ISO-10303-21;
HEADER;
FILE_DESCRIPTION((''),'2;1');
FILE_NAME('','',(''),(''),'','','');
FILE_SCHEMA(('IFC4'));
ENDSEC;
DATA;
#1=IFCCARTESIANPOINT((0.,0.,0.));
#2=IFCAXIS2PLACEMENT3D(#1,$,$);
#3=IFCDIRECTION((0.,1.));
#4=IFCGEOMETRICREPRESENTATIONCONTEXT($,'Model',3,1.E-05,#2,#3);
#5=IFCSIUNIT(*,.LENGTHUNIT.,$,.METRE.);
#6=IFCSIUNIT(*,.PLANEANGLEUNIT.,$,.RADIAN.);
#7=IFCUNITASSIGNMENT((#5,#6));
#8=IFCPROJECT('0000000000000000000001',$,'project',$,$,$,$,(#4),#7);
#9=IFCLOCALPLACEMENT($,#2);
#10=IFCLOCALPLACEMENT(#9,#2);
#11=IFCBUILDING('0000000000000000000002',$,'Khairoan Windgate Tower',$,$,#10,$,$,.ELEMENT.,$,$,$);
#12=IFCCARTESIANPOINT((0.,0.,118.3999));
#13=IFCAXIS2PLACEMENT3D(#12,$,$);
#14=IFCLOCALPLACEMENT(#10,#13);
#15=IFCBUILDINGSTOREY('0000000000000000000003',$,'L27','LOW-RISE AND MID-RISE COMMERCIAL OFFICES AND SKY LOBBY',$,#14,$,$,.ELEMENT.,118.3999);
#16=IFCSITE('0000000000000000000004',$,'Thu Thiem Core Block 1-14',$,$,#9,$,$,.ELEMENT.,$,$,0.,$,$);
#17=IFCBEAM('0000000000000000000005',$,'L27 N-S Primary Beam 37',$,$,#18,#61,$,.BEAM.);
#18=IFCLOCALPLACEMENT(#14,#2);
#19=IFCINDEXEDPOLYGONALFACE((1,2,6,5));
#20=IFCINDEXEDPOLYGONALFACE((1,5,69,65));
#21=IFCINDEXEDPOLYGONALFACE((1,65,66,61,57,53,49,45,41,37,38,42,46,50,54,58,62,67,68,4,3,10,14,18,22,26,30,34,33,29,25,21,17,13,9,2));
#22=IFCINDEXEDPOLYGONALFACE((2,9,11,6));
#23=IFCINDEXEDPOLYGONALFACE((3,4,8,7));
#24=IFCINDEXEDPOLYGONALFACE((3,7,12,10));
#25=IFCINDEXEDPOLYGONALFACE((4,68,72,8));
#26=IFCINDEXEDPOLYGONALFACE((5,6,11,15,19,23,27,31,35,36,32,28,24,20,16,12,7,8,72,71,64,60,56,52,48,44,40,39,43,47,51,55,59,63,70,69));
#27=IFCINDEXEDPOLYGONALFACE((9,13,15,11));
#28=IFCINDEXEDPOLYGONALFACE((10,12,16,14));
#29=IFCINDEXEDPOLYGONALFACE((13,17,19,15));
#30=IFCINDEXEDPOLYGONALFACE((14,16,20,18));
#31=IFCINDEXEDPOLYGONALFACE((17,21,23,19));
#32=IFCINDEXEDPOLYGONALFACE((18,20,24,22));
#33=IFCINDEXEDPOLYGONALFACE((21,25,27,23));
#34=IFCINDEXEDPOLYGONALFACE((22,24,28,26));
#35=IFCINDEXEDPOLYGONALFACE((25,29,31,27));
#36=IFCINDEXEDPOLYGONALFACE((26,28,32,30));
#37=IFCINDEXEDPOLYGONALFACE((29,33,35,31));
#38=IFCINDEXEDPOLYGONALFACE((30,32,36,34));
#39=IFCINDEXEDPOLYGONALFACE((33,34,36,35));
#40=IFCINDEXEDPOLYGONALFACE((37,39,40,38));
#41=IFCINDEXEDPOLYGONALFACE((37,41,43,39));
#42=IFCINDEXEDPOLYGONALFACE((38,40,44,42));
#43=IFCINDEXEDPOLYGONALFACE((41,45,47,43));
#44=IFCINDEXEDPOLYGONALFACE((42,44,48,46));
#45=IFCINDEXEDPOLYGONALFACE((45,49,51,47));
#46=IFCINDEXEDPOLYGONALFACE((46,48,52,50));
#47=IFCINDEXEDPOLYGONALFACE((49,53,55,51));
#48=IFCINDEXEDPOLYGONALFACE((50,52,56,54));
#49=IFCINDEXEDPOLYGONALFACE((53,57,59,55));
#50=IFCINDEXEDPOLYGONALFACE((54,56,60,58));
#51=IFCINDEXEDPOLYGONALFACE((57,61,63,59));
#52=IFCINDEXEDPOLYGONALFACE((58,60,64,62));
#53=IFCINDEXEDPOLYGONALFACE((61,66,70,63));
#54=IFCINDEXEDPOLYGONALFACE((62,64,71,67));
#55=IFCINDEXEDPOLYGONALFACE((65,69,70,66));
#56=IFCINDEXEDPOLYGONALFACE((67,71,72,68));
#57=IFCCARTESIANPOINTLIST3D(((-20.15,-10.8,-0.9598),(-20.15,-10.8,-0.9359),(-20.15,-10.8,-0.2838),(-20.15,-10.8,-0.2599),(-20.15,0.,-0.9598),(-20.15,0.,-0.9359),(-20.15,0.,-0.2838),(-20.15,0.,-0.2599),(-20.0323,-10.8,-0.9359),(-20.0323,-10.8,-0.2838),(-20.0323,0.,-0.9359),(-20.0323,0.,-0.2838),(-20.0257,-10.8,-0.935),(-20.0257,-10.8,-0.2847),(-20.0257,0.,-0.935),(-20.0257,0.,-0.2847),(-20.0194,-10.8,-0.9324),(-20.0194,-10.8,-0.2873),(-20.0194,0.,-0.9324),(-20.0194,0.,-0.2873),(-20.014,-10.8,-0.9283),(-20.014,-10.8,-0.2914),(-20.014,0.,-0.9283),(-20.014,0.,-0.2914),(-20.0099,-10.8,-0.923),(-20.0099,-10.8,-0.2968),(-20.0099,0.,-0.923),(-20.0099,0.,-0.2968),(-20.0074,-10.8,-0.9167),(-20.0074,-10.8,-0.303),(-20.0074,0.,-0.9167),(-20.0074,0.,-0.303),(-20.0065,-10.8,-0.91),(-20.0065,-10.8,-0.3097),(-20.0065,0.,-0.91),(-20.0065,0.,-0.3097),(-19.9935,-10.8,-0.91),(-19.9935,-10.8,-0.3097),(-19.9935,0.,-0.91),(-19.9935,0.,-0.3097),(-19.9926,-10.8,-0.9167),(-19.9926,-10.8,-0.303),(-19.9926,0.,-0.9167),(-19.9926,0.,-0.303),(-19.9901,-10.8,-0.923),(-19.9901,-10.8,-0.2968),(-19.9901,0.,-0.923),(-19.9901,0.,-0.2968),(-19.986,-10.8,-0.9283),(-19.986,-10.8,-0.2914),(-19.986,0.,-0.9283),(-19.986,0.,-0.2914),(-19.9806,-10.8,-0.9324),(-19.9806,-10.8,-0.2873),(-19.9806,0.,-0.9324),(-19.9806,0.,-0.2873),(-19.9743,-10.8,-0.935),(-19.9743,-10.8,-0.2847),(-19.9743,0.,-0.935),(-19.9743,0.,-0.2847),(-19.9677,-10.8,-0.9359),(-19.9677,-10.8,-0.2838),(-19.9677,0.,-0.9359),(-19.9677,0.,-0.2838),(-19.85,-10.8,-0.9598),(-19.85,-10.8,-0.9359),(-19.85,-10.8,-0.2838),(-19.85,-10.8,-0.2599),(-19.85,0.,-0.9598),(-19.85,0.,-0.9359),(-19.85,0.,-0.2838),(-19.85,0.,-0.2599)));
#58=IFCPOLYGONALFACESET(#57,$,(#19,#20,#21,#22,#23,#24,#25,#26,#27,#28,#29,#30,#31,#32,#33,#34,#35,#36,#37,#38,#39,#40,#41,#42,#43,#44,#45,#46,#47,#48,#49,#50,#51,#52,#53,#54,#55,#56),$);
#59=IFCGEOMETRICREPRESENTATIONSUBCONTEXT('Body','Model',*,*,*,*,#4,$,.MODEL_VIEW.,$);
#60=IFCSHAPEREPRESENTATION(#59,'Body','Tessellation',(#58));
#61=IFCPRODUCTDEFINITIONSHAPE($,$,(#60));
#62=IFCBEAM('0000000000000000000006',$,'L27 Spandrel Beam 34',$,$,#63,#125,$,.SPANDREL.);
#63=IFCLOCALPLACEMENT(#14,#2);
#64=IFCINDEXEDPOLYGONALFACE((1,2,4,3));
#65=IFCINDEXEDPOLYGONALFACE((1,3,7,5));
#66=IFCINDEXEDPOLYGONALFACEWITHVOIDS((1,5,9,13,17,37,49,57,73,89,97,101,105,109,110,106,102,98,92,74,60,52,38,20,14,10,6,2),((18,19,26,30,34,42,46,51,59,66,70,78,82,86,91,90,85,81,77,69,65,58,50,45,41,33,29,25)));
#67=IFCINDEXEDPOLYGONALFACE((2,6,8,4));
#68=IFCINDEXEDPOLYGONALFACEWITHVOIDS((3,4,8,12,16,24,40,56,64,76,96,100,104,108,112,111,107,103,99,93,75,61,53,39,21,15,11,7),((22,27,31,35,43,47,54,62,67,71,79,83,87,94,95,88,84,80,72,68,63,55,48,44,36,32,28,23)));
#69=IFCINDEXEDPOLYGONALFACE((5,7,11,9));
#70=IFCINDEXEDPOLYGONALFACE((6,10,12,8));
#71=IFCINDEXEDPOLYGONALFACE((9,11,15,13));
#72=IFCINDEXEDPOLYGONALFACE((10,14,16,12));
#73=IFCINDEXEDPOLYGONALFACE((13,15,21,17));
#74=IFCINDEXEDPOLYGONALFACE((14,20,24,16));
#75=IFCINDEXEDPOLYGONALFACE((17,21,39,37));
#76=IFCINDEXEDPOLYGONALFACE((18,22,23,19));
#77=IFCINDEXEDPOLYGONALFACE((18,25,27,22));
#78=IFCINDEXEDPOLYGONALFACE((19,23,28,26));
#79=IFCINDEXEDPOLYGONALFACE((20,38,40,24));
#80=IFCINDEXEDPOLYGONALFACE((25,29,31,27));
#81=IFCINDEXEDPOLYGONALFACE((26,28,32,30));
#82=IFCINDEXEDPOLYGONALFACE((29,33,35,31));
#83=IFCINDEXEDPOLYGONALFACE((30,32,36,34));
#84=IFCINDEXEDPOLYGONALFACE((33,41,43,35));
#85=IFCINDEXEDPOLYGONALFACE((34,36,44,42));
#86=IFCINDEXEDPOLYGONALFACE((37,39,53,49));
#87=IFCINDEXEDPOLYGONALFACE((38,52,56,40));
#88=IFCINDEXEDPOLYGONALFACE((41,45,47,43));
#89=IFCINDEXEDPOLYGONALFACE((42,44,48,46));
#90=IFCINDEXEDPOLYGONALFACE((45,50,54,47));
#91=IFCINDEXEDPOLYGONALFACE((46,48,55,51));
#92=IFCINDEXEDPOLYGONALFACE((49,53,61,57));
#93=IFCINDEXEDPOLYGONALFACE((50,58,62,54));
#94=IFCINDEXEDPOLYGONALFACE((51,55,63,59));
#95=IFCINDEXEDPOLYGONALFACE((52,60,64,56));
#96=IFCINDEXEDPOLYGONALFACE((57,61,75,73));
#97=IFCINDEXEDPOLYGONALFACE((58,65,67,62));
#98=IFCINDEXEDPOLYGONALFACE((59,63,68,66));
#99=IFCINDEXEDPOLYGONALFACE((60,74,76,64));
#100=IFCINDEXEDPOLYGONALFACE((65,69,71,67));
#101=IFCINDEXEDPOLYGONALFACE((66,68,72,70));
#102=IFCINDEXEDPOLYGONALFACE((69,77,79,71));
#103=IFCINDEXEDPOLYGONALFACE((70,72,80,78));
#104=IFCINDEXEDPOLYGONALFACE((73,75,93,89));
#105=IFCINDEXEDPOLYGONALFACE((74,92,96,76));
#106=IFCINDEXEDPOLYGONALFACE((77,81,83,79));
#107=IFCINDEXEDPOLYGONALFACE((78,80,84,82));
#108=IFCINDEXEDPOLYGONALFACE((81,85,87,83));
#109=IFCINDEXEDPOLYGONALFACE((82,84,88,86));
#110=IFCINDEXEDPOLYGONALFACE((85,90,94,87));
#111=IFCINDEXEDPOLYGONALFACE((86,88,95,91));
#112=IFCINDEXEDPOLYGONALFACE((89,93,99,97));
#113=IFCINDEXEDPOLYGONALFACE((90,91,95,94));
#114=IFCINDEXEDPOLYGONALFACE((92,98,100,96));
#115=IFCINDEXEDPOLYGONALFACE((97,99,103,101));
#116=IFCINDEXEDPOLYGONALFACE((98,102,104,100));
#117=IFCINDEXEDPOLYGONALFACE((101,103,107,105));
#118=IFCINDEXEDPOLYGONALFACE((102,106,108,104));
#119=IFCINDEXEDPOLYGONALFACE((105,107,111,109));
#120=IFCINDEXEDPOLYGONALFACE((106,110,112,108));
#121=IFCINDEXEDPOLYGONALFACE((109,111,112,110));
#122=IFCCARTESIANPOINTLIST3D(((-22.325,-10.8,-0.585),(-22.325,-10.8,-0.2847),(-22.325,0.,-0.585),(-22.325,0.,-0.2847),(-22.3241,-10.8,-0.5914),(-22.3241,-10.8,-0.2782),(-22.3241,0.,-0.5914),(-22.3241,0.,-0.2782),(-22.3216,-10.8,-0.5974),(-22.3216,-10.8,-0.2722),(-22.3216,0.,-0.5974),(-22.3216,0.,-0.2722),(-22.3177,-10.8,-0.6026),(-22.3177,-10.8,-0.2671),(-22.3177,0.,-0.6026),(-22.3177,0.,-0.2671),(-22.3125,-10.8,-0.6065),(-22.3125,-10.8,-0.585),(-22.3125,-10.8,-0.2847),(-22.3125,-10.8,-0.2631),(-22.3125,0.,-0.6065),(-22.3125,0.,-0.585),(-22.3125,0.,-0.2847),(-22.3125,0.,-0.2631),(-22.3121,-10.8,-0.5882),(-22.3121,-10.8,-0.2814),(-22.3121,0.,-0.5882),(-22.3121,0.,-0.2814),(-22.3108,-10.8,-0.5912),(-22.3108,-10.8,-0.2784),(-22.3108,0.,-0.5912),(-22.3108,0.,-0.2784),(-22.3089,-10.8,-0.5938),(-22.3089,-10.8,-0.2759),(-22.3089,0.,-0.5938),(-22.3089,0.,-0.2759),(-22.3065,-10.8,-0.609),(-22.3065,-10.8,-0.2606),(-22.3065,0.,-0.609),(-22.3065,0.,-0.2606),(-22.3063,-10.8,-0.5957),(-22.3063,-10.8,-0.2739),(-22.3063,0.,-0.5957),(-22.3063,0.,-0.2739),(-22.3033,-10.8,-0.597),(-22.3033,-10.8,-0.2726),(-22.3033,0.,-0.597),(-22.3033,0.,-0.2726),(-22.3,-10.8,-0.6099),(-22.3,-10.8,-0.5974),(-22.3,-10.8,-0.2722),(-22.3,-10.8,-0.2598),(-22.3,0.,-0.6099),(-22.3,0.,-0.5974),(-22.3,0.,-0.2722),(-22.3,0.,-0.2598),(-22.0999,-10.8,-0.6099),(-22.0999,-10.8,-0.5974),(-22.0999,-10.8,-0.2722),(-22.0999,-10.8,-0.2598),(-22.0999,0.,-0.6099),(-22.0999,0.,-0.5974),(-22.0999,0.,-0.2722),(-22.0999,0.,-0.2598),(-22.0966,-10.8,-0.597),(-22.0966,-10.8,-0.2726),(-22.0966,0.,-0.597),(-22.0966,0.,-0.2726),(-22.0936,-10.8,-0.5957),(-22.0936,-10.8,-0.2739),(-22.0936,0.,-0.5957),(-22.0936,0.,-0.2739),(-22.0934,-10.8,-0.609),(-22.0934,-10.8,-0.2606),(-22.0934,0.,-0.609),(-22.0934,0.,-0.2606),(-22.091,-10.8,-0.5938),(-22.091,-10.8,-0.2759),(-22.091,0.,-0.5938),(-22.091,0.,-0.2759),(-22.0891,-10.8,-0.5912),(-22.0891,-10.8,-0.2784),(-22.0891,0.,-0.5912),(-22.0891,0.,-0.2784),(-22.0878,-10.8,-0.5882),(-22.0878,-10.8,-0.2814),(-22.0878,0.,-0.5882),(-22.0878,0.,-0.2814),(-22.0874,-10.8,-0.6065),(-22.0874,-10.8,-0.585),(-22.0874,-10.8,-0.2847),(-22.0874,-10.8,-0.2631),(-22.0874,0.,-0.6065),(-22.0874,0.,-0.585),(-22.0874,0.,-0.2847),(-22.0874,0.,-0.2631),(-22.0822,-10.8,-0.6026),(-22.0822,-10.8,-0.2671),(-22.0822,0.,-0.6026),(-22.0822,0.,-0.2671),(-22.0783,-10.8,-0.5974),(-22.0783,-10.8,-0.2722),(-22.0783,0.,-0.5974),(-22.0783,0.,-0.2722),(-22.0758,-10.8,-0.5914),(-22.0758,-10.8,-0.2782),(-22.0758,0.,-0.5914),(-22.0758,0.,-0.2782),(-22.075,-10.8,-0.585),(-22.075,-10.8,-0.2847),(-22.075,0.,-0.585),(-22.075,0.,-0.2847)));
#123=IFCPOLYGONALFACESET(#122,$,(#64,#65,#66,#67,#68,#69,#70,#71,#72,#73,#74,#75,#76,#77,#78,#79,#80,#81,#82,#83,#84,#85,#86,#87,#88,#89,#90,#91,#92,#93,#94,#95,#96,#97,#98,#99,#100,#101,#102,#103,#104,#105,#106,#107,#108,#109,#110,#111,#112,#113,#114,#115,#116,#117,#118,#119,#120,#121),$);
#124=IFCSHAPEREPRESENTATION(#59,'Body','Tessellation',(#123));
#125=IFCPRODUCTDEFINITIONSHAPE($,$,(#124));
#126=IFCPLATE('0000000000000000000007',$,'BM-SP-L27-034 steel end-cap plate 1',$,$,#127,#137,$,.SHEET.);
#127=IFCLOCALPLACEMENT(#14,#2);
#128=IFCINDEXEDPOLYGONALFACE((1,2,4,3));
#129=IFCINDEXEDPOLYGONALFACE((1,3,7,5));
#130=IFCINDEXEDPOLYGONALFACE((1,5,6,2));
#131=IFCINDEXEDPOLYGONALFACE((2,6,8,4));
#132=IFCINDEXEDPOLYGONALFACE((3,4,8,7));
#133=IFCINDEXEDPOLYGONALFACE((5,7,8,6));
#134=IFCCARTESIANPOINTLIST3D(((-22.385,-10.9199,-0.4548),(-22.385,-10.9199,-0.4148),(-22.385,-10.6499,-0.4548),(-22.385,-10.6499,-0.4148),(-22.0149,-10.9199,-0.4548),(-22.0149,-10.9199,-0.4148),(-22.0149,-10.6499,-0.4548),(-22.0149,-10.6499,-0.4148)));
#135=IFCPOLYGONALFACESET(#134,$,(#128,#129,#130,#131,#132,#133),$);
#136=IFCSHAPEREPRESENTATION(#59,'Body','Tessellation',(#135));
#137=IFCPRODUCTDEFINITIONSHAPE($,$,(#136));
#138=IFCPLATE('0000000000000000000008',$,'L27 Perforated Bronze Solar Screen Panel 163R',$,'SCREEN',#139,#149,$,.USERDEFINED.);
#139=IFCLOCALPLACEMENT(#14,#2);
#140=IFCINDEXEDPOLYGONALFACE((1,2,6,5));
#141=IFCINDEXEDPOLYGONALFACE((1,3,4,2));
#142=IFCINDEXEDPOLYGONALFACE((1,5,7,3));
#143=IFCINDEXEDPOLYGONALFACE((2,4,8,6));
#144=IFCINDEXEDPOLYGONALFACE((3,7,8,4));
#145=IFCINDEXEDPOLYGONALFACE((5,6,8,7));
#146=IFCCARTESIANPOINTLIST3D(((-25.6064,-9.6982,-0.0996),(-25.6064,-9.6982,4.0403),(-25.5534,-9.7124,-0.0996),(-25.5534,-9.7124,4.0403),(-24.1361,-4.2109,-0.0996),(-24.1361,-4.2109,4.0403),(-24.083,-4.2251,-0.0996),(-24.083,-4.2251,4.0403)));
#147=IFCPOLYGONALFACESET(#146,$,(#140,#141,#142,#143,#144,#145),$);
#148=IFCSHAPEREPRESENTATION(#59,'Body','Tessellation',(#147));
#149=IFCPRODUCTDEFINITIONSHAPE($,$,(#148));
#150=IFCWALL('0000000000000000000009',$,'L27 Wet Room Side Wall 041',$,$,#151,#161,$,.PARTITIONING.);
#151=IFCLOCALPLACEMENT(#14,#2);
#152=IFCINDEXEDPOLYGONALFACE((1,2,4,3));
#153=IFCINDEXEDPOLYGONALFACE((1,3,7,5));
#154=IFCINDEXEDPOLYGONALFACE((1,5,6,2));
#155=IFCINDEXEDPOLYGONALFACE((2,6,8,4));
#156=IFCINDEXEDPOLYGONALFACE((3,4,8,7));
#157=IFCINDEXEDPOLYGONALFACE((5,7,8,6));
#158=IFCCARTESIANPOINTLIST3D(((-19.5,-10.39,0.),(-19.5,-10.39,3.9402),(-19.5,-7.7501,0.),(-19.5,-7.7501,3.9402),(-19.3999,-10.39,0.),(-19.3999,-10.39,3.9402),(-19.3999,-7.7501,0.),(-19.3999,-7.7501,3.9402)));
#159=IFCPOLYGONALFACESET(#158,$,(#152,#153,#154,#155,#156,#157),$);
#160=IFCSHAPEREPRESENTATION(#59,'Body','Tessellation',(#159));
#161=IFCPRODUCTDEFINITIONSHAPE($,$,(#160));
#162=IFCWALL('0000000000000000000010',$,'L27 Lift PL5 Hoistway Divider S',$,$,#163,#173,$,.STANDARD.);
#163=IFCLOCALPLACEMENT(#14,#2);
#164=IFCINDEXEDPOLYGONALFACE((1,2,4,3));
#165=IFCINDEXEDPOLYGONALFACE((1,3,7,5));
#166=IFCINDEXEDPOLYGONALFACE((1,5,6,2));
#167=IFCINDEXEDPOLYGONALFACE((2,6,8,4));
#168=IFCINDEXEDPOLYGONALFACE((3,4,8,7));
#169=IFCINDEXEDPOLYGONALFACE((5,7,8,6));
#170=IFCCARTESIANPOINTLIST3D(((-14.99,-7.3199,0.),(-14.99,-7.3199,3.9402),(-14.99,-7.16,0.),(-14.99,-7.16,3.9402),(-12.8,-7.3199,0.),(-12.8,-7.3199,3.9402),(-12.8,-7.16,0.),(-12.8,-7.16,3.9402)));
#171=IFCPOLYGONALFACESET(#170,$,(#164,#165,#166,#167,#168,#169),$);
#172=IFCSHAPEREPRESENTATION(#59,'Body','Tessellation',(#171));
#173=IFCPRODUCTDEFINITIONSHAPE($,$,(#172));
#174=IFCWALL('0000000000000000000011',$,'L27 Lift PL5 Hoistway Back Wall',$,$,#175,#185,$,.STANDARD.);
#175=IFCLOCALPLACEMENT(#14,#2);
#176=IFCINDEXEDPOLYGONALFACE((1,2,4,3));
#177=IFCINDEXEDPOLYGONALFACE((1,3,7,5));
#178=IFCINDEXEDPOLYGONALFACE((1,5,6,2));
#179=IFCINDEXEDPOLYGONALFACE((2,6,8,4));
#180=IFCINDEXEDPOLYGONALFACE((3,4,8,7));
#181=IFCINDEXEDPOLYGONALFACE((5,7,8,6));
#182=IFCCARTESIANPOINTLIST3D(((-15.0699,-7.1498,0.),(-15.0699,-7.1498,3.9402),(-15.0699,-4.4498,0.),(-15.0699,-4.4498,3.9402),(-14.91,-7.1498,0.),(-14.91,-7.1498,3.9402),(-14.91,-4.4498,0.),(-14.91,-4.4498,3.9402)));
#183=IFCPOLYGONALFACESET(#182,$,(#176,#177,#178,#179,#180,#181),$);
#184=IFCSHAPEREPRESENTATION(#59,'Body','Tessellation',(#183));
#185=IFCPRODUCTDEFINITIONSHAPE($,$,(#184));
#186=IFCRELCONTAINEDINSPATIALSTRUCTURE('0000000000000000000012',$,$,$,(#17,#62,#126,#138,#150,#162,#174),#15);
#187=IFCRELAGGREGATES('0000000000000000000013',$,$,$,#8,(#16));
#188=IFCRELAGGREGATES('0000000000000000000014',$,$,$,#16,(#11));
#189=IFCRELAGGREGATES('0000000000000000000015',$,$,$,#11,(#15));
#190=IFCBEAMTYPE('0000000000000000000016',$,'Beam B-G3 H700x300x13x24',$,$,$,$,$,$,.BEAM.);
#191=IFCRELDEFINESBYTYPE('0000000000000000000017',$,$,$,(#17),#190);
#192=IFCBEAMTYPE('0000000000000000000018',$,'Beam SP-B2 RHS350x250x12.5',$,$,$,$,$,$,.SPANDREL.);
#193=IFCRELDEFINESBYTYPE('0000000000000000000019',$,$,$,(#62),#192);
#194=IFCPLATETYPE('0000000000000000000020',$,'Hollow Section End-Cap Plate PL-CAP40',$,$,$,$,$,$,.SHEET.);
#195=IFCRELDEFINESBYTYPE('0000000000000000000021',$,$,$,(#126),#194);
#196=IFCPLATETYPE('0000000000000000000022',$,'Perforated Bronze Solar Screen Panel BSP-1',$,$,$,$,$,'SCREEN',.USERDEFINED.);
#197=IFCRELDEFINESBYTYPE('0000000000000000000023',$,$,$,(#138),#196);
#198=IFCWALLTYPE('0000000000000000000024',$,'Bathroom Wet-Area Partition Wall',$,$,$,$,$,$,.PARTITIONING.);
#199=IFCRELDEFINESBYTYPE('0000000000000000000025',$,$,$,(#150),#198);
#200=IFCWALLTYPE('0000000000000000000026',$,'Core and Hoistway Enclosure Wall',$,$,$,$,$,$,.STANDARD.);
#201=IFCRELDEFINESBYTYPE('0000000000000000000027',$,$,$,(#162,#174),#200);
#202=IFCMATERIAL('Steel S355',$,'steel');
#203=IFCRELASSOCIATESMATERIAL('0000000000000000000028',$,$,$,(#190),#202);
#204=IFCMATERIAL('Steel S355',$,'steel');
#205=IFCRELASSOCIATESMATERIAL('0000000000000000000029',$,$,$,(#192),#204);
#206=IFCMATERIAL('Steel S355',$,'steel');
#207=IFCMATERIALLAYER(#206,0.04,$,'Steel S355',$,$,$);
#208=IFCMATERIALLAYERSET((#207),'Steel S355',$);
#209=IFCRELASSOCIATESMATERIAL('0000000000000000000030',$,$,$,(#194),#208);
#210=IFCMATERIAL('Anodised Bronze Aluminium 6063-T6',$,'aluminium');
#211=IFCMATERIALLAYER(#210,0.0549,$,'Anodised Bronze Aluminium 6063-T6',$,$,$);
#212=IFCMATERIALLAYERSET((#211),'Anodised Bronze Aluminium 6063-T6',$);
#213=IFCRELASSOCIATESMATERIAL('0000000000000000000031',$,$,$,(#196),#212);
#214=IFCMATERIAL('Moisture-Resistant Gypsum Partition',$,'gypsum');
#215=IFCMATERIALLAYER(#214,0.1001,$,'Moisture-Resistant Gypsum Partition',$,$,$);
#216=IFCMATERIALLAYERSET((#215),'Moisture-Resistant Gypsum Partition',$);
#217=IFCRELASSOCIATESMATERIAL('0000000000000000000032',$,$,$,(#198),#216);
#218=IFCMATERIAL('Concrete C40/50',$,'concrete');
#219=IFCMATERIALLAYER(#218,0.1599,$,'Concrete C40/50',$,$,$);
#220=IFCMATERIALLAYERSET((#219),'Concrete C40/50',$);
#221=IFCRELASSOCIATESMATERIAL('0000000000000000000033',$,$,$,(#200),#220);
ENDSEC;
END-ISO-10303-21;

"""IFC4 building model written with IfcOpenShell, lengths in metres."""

from ifc_helpers import new_model, si_unit, direction, frame, frame_2d, origin, origin_2d, place, context, subcontext, project, spatial, rectangle, hollow_rectangle, i_section, extrude, material, layer, layer_set, material_profile, profile_set, type_object, element, save


model = new_model("IFC4")

# Units and contexts
model_context = context("Model", 3, precision=1e-05, world=origin(), true_north=direction((0.0, 1.0)))
body_context = subcontext(model_context, "Body", "Model", "MODEL_VIEW")
ifc_project = project(units=[si_unit("LENGTHUNIT", "METRE"), si_unit("PLANEANGLEUNIT", "RADIAN")], contexts=[model_context])

# Site, building, storey
site_placement = place(None, origin())
site = spatial("IfcSite", under=ifc_project, at=site_placement, Name="Thu Thiem Core Block 1-14", CompositionType="ELEMENT", RefElevation=0.0)
building_placement = place(site_placement, origin())
building = spatial("IfcBuilding", under=site, at=building_placement, Name="Khairoan Windgate Tower", CompositionType="ELEMENT")
storey_placement = place(building_placement, frame((0.0, 0.0, 118.3999)))
storey = spatial("IfcBuildingStorey", under=building, at=storey_placement, Name="L27", Description="LOW-RISE AND MID-RISE COMMERCIAL OFFICES AND SKY LOBBY", CompositionType="ELEMENT", Elevation=118.3999)

# Beams
ifc_material_1 = material(Name="Steel S355", Category="steel")
ifc_material_profile_1 = material_profile(ifc_material_1, i_section(OverallWidth=0.3, OverallDepth=0.7, WebThickness=0.0129, FlangeThickness=0.0239, FilletRadius=0.0259, at=origin_2d()))
ifc_profile_set_1 = profile_set([ifc_material_profile_1], Name="Steel S355")
beam_type_1 = type_object("IfcBeamType", Name="Beam B-G3 H700x300x13x24", PredefinedType="BEAM", material=ifc_profile_set_1)
beam_1_placement = place(storey_placement, frame((-20.0, -10.8, -0.6099), z_axis=(0.0, 1.0, 0.0), x_axis=(-1.0, 0.0, 0.0)))
element("IfcBeam", 1, at=beam_1_placement, inside=storey, type_object=beam_type_1, Name="L27 N-S Primary Beam 37", PredefinedType="BEAM", context=body_context, shape_type="SweptSolid", body=[
    extrude(i_section(OverallWidth=0.3, OverallDepth=0.7, WebThickness=0.0129, FlangeThickness=0.0239, FilletRadius=0.0259, at=origin_2d()), origin(), (0.0, 0.0, 1.0), 10.8),
])
ifc_material_2 = material(Name="Steel S355", Category="steel")
ifc_material_profile_2 = material_profile(ifc_material_2, hollow_rectangle(XDim=0.25, YDim=0.3501, WallThickness=0.0125, InnerFilletRadius=0.0125, OuterFilletRadius=0.0249, at=origin_2d()))
ifc_profile_set_2 = profile_set([ifc_material_profile_2], Name="Steel S355")
beam_type_2 = type_object("IfcBeamType", Name="Beam SP-B2 RHS350x250x12.5", PredefinedType="SPANDREL", material=ifc_profile_set_2)
beam_2_placement = place(storey_placement, frame((-22.2, -10.8, -0.4348), z_axis=(0.0, 1.0, 0.0), x_axis=(-1.0, 0.0, 0.0)))
element("IfcBeam", 2, at=beam_2_placement, inside=storey, type_object=beam_type_2, Name="L27 Spandrel Beam 34", PredefinedType="SPANDREL", context=body_context, shape_type="SweptSolid", body=[
    extrude(hollow_rectangle(XDim=0.25, YDim=0.3501, WallThickness=0.0125, InnerFilletRadius=0.0125, OuterFilletRadius=0.0249, at=origin_2d()), origin(), (0.0, 0.0, 1.0), 10.8),
])

# Plates
ifc_material_3 = material(Name="Steel S355", Category="steel")
ifc_layer_1 = layer(ifc_material_3, 0.04, Name="Steel S355")
ifc_layer_set_1 = layer_set([ifc_layer_1], Name="Steel S355")
plate_type_1 = type_object("IfcPlateType", Name="Hollow Section End-Cap Plate PL-CAP40", PredefinedType="SHEET", material=ifc_layer_set_1)
plate_1_placement = place(storey_placement, frame((-22.2, -10.7849, -0.4548), z_axis=(0.0, 0.0, 1.0), x_axis=(0.0, 1.0, 0.0)))
element("IfcPlate", 3, at=plate_1_placement, inside=storey, type_object=plate_type_1, Name="BM-SP-L27-034 steel end-cap plate 1", PredefinedType="SHEET", context=body_context, shape_type="SweptSolid", body=[
    extrude(rectangle(XDim=0.27, YDim=0.3701, at=origin_2d()), origin(), (0.0, 0.0, 1.0), 0.04),
])
ifc_material_4 = material(Name="Anodised Bronze Aluminium 6063-T6", Category="aluminium")
ifc_layer_2 = layer(ifc_material_4, 0.0549, Name="Anodised Bronze Aluminium 6063-T6")
ifc_layer_set_2 = layer_set([ifc_layer_2], Name="Anodised Bronze Aluminium 6063-T6")
plate_type_2 = type_object("IfcPlateType", Name="Perforated Bronze Solar Screen Panel BSP-1", ElementType="SCREEN", PredefinedType="USERDEFINED", material=ifc_layer_set_2)
plate_2_placement = place(storey_placement, frame((-24.8447, -6.9617, -0.0996), z_axis=(0.0, 0.0, 1.0), x_axis=(0.258819, 0.965926, 0.0)))
element("IfcPlate", 4, at=plate_2_placement, inside=storey, type_object=plate_type_2, Name="L27 Perforated Bronze Solar Screen Panel 163R", ObjectType="SCREEN", PredefinedType="USERDEFINED", context=body_context, shape_type="SweptSolid", body=[
    extrude(rectangle(XDim=5.6809, YDim=0.0549, at=origin_2d()), origin(), (0.0, 0.0, 1.0), 4.1399),
])

# Walls
ifc_material_5 = material(Name="Moisture-Resistant Gypsum Partition", Category="gypsum")
ifc_layer_3 = layer(ifc_material_5, 0.1001, Name="Moisture-Resistant Gypsum Partition")
ifc_layer_set_3 = layer_set([ifc_layer_3], Name="Moisture-Resistant Gypsum Partition")
wall_type_1 = type_object("IfcWallType", Name="Bathroom Wet-Area Partition Wall", PredefinedType="PARTITIONING", material=ifc_layer_set_3)
wall_1_placement = place(storey_placement, frame((-19.45, -10.3899, 0.0), z_axis=(0.0, 0.0, 1.0), x_axis=(0.0, 1.0, 0.0)))
element("IfcWall", 5, at=wall_1_placement, inside=storey, type_object=wall_type_1, Name="L27 Wet Room Side Wall 041", PredefinedType="PARTITIONING", context=body_context, shape_type="SweptSolid", body=[
    extrude(rectangle(XDim=2.6399, YDim=0.1001, at=frame_2d((1.3198, 0.0))), origin(), (0.0, 0.0, 1.0), 3.9402),
])
ifc_material_6 = material(Name="Concrete C40/50", Category="concrete")
ifc_layer_4 = layer(ifc_material_6, 0.1599, Name="Concrete C40/50")
ifc_layer_set_4 = layer_set([ifc_layer_4], Name="Concrete C40/50")
wall_type_2 = type_object("IfcWallType", Name="Core and Hoistway Enclosure Wall", PredefinedType="STANDARD", material=ifc_layer_set_4)
wall_2_placement = place(storey_placement, frame((-14.99, -7.24, 0.0), z_axis=(0.0, 0.0, 1.0), x_axis=(1.0, 0.0, 0.0)))
element("IfcWall", 6, at=wall_2_placement, inside=storey, type_object=wall_type_2, Name="L27 Lift PL5 Hoistway Divider S", PredefinedType="STANDARD", context=body_context, shape_type="SweptSolid", body=[
    extrude(rectangle(XDim=2.1899, YDim=0.1599, at=frame_2d((1.095, 0.0))), origin(), (0.0, 0.0, 1.0), 3.9402),
])
wall_3_placement = place(storey_placement, frame((-14.99, -7.1499, 0.0), z_axis=(0.0, 0.0, 1.0), x_axis=(0.0, 1.0, 0.0)))
element("IfcWall", 7, at=wall_3_placement, inside=storey, type_object=wall_type_2, Name="L27 Lift PL5 Hoistway Back Wall", PredefinedType="STANDARD", context=body_context, shape_type="SweptSolid", body=[
    extrude(rectangle(XDim=2.7, YDim=0.1599, at=frame_2d((1.3501, 0.0))), origin(), (0.0, 0.0, 1.0), 3.9402),
])

save(model, "model.ifc")
